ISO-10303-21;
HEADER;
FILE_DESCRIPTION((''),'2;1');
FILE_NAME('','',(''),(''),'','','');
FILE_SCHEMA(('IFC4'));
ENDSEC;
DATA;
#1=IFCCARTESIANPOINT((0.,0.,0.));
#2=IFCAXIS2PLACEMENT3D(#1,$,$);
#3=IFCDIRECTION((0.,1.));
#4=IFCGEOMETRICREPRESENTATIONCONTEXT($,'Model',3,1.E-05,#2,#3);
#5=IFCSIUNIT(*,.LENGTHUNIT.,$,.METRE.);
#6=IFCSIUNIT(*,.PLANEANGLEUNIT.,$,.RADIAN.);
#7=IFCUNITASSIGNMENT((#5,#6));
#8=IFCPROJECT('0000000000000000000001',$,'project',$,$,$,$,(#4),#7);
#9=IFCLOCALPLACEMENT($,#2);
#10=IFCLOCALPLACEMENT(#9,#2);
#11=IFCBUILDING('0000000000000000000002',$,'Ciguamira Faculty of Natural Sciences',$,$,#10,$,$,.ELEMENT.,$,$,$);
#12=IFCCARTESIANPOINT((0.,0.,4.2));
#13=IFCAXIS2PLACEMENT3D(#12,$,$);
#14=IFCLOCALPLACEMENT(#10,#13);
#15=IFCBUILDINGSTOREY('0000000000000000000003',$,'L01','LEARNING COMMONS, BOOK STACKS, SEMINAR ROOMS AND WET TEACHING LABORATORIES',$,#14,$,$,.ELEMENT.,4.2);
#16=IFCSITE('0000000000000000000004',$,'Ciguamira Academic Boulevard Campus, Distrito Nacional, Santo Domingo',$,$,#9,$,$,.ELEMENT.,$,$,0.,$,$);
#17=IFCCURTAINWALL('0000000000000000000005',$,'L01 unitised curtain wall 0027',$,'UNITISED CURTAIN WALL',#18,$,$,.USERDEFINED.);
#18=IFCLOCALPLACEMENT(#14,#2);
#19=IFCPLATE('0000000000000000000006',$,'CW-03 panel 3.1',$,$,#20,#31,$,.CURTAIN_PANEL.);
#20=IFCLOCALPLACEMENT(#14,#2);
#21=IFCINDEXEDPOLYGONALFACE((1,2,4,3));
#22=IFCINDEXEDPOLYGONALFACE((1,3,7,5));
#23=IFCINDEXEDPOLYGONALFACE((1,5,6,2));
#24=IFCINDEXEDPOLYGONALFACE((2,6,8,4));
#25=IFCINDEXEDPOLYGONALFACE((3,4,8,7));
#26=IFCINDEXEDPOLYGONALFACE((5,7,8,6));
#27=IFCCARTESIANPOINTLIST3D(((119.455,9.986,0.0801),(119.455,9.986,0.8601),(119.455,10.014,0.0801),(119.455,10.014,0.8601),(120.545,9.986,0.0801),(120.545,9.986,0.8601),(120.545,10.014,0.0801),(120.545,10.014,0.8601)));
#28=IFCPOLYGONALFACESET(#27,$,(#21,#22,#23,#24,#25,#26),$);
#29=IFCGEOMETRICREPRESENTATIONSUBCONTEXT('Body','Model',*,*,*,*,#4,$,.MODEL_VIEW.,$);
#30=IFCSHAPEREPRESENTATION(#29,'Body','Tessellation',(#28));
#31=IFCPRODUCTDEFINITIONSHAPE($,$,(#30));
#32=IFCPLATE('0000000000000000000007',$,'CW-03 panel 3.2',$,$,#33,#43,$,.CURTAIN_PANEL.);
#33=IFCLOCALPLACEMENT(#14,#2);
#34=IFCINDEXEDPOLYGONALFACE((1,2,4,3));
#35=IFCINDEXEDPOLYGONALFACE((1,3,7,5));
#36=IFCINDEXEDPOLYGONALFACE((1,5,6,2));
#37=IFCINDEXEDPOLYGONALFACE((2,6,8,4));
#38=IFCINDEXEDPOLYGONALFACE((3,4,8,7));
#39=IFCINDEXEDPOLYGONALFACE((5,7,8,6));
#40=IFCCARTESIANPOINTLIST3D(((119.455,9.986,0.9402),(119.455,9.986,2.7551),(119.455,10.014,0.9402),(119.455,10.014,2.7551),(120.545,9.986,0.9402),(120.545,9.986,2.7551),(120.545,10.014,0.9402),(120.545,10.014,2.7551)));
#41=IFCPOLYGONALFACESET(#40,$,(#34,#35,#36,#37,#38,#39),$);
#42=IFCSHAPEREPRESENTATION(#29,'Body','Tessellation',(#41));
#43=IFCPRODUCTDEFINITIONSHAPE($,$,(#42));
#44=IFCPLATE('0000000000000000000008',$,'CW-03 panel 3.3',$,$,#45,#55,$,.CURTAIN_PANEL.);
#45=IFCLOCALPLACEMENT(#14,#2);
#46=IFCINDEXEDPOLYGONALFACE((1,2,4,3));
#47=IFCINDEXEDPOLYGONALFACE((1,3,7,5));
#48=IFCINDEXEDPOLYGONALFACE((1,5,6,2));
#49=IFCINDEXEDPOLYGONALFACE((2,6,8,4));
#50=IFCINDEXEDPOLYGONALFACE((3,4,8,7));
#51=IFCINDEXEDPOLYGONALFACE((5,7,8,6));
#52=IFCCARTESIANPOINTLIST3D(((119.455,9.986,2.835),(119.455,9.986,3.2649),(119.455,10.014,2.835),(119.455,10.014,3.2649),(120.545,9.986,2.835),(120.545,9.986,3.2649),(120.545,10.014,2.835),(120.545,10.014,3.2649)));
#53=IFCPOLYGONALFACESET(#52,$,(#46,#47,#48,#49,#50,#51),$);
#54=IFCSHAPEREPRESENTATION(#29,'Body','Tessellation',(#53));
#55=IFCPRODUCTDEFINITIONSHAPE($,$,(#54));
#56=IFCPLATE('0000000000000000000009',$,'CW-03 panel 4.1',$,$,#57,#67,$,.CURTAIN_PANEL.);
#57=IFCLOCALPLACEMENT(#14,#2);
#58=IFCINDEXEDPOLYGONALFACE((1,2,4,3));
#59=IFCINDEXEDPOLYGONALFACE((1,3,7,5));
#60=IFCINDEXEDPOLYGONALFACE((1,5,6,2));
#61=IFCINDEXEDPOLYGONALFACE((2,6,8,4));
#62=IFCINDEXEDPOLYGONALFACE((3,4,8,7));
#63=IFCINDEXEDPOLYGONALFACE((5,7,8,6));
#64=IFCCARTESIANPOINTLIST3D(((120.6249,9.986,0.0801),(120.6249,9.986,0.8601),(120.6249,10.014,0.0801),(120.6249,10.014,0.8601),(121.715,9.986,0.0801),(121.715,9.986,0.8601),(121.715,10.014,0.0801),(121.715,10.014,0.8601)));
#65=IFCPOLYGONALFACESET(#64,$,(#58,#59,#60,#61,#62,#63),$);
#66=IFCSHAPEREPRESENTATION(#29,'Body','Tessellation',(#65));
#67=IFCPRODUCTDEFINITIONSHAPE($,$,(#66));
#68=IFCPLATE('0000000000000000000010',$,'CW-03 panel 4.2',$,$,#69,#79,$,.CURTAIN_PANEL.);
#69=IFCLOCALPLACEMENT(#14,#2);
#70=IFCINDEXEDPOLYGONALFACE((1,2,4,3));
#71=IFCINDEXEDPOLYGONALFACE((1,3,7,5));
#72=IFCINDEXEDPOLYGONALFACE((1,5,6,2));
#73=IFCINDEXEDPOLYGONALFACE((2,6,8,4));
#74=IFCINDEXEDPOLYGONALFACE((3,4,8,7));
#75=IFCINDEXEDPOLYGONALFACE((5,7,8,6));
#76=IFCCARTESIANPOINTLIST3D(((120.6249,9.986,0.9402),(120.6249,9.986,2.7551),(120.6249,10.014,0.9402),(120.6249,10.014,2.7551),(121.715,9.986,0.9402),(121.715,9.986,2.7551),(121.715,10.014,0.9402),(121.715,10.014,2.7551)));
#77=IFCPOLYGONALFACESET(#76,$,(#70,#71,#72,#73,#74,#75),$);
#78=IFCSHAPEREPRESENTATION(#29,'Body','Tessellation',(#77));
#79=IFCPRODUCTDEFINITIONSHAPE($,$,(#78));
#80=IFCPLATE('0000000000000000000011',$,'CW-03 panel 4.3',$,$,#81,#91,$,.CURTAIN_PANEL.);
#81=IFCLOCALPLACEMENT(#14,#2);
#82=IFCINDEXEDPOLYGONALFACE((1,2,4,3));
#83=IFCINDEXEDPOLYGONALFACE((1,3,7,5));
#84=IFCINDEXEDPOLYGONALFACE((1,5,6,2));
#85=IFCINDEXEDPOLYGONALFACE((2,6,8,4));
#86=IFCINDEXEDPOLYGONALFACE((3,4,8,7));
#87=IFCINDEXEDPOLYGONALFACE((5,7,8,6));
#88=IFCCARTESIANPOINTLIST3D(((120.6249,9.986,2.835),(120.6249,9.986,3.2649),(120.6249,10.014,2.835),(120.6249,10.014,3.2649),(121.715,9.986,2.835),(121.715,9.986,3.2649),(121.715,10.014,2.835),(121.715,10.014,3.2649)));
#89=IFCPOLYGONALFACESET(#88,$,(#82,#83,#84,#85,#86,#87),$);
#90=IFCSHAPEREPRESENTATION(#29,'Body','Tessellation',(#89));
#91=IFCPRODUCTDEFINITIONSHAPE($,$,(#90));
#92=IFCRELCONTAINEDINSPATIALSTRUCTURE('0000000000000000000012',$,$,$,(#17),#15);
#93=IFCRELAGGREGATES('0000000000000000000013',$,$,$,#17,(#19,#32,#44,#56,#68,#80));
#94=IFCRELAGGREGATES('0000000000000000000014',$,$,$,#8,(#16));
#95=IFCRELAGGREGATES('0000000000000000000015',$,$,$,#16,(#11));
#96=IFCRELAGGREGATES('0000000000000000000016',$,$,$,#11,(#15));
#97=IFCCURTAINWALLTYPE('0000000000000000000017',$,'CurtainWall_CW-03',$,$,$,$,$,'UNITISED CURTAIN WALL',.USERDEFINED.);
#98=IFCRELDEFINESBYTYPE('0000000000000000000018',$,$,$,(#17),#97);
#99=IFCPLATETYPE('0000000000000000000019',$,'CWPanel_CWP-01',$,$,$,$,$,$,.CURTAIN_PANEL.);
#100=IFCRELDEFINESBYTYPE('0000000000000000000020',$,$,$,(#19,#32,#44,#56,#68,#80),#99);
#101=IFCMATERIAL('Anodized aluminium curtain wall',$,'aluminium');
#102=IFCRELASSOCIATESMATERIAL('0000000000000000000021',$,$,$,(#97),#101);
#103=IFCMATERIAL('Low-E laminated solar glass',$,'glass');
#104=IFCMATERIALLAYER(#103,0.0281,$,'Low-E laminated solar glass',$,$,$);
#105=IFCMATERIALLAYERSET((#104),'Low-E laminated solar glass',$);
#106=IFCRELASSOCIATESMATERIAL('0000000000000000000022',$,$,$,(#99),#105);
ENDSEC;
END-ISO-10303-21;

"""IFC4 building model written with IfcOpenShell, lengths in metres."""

from ifc_helpers import new_model, si_unit, direction, frame, origin, origin_2d, place, context, subcontext, project, spatial, rectangle, extrude, material, layer, layer_set, type_object, element, aggregate, save


model = new_model("IFC4")

# Units and contexts
model_context = context("Model", 3, precision=1e-05, world=origin(), true_north=direction((0.0, 1.0)))
body_context = subcontext(model_context, "Body", "Model", "MODEL_VIEW")
ifc_project = project(units=[si_unit("LENGTHUNIT", "METRE"), si_unit("PLANEANGLEUNIT", "RADIAN")], contexts=[model_context])

# Site, building, storey
site_placement = place(None, origin())
site = spatial("IfcSite", under=ifc_project, at=site_placement, Name="Ciguamira Academic Boulevard Campus, Distrito Nacional, Santo Domingo", CompositionType="ELEMENT", RefElevation=0.0)
building_placement = place(site_placement, origin())
building = spatial("IfcBuilding", under=site, at=building_placement, Name="Ciguamira Faculty of Natural Sciences", CompositionType="ELEMENT")
storey_placement = place(building_placement, frame((0.0, 0.0, 4.2)))
storey = spatial("IfcBuildingStorey", under=building, at=storey_placement, Name="L01", Description="LEARNING COMMONS, BOOK STACKS, SEMINAR ROOMS AND WET TEACHING LABORATORIES", CompositionType="ELEMENT", Elevation=4.2)

# Curtain wall, plates
ifc_material_1 = material(Name="Anodized aluminium curtain wall", Category="aluminium")
curtain_wall_type = type_object("IfcCurtainWallType", Name="CurtainWall_CW-03", ElementType="UNITISED CURTAIN WALL", PredefinedType="USERDEFINED", material=ifc_material_1)
curtain_wall_placement = place(storey_placement, origin())
curtain_wall = element("IfcCurtainWall", 1, at=curtain_wall_placement, inside=storey, type_object=curtain_wall_type, Name="L01 unitised curtain wall 0027", ObjectType="UNITISED CURTAIN WALL", PredefinedType="USERDEFINED")
ifc_material_2 = material(Name="Low-E laminated solar glass", Category="glass")
ifc_layer = layer(ifc_material_2, 0.0281, Name="Low-E laminated solar glass")
ifc_layer_set = layer_set([ifc_layer], Name="Low-E laminated solar glass")
plate_type = type_object("IfcPlateType", Name="CWPanel_CWP-01", PredefinedType="CURTAIN_PANEL", material=ifc_layer_set)
plate_1_placement = place(storey_placement, frame((120.0, 10.0, 0.0801), z_axis=(0.0, 0.0, 1.0), x_axis=(1.0, 0.0, 0.0)))
plate_1 = element("IfcPlate", 2, at=plate_1_placement, type_object=plate_type, Name="CW-03 panel 3.1", PredefinedType="CURTAIN_PANEL", context=body_context, shape_type="SweptSolid", body=[
    extrude(rectangle(XDim=1.0901, YDim=0.0281, at=origin_2d()), origin(), (0.0, 0.0, 1.0), 0.78),
])
plate_2_placement = place(storey_placement, frame((120.0, 10.0, 0.9402), z_axis=(0.0, 0.0, 1.0), x_axis=(1.0, 0.0, 0.0)))
plate_2 = element("IfcPlate", 3, at=plate_2_placement, type_object=plate_type, Name="CW-03 panel 3.2", PredefinedType="CURTAIN_PANEL", context=body_context, shape_type="SweptSolid", body=[
    extrude(rectangle(XDim=1.0901, YDim=0.0281, at=origin_2d()), origin(), (0.0, 0.0, 1.0), 1.8149),
])
plate_3_placement = place(storey_placement, frame((120.0, 10.0, 2.835), z_axis=(0.0, 0.0, 1.0), x_axis=(1.0, 0.0, 0.0)))
plate_3 = element("IfcPlate", 4, at=plate_3_placement, type_object=plate_type, Name="CW-03 panel 3.3", PredefinedType="CURTAIN_PANEL", context=body_context, shape_type="SweptSolid", body=[
    extrude(rectangle(XDim=1.0901, YDim=0.0281, at=origin_2d()), origin(), (0.0, 0.0, 1.0), 0.4299),
])
plate_4_placement = place(storey_placement, frame((121.1699, 10.0, 0.0801), z_axis=(0.0, 0.0, 1.0), x_axis=(1.0, 0.0, 0.0)))
plate_4 = element("IfcPlate", 5, at=plate_4_placement, type_object=plate_type, Name="CW-03 panel 4.1", PredefinedType="CURTAIN_PANEL", context=body_context, shape_type="SweptSolid", body=[
    extrude(rectangle(XDim=1.0901, YDim=0.0281, at=origin_2d()), origin(), (0.0, 0.0, 1.0), 0.78),
])
plate_5_placement = place(storey_placement, frame((121.1699, 10.0, 0.9402), z_axis=(0.0, 0.0, 1.0), x_axis=(1.0, 0.0, 0.0)))
plate_5 = element("IfcPlate", 6, at=plate_5_placement, type_object=plate_type, Name="CW-03 panel 4.2", PredefinedType="CURTAIN_PANEL", context=body_context, shape_type="SweptSolid", body=[
    extrude(rectangle(XDim=1.0901, YDim=0.0281, at=origin_2d()), origin(), (0.0, 0.0, 1.0), 1.8149),
])
plate_6_placement = place(storey_placement, frame((121.1699, 10.0, 2.835), z_axis=(0.0, 0.0, 1.0), x_axis=(1.0, 0.0, 0.0)))
plate_6 = element("IfcPlate", 7, at=plate_6_placement, type_object=plate_type, Name="CW-03 panel 4.3", PredefinedType="CURTAIN_PANEL", context=body_context, shape_type="SweptSolid", body=[
    extrude(rectangle(XDim=1.0901, YDim=0.0281, at=origin_2d()), origin(), (0.0, 0.0, 1.0), 0.4299),
])
aggregate(curtain_wall, [plate_1, plate_2, plate_3, plate_4, plate_5, plate_6])

save(model, "model.ifc")
